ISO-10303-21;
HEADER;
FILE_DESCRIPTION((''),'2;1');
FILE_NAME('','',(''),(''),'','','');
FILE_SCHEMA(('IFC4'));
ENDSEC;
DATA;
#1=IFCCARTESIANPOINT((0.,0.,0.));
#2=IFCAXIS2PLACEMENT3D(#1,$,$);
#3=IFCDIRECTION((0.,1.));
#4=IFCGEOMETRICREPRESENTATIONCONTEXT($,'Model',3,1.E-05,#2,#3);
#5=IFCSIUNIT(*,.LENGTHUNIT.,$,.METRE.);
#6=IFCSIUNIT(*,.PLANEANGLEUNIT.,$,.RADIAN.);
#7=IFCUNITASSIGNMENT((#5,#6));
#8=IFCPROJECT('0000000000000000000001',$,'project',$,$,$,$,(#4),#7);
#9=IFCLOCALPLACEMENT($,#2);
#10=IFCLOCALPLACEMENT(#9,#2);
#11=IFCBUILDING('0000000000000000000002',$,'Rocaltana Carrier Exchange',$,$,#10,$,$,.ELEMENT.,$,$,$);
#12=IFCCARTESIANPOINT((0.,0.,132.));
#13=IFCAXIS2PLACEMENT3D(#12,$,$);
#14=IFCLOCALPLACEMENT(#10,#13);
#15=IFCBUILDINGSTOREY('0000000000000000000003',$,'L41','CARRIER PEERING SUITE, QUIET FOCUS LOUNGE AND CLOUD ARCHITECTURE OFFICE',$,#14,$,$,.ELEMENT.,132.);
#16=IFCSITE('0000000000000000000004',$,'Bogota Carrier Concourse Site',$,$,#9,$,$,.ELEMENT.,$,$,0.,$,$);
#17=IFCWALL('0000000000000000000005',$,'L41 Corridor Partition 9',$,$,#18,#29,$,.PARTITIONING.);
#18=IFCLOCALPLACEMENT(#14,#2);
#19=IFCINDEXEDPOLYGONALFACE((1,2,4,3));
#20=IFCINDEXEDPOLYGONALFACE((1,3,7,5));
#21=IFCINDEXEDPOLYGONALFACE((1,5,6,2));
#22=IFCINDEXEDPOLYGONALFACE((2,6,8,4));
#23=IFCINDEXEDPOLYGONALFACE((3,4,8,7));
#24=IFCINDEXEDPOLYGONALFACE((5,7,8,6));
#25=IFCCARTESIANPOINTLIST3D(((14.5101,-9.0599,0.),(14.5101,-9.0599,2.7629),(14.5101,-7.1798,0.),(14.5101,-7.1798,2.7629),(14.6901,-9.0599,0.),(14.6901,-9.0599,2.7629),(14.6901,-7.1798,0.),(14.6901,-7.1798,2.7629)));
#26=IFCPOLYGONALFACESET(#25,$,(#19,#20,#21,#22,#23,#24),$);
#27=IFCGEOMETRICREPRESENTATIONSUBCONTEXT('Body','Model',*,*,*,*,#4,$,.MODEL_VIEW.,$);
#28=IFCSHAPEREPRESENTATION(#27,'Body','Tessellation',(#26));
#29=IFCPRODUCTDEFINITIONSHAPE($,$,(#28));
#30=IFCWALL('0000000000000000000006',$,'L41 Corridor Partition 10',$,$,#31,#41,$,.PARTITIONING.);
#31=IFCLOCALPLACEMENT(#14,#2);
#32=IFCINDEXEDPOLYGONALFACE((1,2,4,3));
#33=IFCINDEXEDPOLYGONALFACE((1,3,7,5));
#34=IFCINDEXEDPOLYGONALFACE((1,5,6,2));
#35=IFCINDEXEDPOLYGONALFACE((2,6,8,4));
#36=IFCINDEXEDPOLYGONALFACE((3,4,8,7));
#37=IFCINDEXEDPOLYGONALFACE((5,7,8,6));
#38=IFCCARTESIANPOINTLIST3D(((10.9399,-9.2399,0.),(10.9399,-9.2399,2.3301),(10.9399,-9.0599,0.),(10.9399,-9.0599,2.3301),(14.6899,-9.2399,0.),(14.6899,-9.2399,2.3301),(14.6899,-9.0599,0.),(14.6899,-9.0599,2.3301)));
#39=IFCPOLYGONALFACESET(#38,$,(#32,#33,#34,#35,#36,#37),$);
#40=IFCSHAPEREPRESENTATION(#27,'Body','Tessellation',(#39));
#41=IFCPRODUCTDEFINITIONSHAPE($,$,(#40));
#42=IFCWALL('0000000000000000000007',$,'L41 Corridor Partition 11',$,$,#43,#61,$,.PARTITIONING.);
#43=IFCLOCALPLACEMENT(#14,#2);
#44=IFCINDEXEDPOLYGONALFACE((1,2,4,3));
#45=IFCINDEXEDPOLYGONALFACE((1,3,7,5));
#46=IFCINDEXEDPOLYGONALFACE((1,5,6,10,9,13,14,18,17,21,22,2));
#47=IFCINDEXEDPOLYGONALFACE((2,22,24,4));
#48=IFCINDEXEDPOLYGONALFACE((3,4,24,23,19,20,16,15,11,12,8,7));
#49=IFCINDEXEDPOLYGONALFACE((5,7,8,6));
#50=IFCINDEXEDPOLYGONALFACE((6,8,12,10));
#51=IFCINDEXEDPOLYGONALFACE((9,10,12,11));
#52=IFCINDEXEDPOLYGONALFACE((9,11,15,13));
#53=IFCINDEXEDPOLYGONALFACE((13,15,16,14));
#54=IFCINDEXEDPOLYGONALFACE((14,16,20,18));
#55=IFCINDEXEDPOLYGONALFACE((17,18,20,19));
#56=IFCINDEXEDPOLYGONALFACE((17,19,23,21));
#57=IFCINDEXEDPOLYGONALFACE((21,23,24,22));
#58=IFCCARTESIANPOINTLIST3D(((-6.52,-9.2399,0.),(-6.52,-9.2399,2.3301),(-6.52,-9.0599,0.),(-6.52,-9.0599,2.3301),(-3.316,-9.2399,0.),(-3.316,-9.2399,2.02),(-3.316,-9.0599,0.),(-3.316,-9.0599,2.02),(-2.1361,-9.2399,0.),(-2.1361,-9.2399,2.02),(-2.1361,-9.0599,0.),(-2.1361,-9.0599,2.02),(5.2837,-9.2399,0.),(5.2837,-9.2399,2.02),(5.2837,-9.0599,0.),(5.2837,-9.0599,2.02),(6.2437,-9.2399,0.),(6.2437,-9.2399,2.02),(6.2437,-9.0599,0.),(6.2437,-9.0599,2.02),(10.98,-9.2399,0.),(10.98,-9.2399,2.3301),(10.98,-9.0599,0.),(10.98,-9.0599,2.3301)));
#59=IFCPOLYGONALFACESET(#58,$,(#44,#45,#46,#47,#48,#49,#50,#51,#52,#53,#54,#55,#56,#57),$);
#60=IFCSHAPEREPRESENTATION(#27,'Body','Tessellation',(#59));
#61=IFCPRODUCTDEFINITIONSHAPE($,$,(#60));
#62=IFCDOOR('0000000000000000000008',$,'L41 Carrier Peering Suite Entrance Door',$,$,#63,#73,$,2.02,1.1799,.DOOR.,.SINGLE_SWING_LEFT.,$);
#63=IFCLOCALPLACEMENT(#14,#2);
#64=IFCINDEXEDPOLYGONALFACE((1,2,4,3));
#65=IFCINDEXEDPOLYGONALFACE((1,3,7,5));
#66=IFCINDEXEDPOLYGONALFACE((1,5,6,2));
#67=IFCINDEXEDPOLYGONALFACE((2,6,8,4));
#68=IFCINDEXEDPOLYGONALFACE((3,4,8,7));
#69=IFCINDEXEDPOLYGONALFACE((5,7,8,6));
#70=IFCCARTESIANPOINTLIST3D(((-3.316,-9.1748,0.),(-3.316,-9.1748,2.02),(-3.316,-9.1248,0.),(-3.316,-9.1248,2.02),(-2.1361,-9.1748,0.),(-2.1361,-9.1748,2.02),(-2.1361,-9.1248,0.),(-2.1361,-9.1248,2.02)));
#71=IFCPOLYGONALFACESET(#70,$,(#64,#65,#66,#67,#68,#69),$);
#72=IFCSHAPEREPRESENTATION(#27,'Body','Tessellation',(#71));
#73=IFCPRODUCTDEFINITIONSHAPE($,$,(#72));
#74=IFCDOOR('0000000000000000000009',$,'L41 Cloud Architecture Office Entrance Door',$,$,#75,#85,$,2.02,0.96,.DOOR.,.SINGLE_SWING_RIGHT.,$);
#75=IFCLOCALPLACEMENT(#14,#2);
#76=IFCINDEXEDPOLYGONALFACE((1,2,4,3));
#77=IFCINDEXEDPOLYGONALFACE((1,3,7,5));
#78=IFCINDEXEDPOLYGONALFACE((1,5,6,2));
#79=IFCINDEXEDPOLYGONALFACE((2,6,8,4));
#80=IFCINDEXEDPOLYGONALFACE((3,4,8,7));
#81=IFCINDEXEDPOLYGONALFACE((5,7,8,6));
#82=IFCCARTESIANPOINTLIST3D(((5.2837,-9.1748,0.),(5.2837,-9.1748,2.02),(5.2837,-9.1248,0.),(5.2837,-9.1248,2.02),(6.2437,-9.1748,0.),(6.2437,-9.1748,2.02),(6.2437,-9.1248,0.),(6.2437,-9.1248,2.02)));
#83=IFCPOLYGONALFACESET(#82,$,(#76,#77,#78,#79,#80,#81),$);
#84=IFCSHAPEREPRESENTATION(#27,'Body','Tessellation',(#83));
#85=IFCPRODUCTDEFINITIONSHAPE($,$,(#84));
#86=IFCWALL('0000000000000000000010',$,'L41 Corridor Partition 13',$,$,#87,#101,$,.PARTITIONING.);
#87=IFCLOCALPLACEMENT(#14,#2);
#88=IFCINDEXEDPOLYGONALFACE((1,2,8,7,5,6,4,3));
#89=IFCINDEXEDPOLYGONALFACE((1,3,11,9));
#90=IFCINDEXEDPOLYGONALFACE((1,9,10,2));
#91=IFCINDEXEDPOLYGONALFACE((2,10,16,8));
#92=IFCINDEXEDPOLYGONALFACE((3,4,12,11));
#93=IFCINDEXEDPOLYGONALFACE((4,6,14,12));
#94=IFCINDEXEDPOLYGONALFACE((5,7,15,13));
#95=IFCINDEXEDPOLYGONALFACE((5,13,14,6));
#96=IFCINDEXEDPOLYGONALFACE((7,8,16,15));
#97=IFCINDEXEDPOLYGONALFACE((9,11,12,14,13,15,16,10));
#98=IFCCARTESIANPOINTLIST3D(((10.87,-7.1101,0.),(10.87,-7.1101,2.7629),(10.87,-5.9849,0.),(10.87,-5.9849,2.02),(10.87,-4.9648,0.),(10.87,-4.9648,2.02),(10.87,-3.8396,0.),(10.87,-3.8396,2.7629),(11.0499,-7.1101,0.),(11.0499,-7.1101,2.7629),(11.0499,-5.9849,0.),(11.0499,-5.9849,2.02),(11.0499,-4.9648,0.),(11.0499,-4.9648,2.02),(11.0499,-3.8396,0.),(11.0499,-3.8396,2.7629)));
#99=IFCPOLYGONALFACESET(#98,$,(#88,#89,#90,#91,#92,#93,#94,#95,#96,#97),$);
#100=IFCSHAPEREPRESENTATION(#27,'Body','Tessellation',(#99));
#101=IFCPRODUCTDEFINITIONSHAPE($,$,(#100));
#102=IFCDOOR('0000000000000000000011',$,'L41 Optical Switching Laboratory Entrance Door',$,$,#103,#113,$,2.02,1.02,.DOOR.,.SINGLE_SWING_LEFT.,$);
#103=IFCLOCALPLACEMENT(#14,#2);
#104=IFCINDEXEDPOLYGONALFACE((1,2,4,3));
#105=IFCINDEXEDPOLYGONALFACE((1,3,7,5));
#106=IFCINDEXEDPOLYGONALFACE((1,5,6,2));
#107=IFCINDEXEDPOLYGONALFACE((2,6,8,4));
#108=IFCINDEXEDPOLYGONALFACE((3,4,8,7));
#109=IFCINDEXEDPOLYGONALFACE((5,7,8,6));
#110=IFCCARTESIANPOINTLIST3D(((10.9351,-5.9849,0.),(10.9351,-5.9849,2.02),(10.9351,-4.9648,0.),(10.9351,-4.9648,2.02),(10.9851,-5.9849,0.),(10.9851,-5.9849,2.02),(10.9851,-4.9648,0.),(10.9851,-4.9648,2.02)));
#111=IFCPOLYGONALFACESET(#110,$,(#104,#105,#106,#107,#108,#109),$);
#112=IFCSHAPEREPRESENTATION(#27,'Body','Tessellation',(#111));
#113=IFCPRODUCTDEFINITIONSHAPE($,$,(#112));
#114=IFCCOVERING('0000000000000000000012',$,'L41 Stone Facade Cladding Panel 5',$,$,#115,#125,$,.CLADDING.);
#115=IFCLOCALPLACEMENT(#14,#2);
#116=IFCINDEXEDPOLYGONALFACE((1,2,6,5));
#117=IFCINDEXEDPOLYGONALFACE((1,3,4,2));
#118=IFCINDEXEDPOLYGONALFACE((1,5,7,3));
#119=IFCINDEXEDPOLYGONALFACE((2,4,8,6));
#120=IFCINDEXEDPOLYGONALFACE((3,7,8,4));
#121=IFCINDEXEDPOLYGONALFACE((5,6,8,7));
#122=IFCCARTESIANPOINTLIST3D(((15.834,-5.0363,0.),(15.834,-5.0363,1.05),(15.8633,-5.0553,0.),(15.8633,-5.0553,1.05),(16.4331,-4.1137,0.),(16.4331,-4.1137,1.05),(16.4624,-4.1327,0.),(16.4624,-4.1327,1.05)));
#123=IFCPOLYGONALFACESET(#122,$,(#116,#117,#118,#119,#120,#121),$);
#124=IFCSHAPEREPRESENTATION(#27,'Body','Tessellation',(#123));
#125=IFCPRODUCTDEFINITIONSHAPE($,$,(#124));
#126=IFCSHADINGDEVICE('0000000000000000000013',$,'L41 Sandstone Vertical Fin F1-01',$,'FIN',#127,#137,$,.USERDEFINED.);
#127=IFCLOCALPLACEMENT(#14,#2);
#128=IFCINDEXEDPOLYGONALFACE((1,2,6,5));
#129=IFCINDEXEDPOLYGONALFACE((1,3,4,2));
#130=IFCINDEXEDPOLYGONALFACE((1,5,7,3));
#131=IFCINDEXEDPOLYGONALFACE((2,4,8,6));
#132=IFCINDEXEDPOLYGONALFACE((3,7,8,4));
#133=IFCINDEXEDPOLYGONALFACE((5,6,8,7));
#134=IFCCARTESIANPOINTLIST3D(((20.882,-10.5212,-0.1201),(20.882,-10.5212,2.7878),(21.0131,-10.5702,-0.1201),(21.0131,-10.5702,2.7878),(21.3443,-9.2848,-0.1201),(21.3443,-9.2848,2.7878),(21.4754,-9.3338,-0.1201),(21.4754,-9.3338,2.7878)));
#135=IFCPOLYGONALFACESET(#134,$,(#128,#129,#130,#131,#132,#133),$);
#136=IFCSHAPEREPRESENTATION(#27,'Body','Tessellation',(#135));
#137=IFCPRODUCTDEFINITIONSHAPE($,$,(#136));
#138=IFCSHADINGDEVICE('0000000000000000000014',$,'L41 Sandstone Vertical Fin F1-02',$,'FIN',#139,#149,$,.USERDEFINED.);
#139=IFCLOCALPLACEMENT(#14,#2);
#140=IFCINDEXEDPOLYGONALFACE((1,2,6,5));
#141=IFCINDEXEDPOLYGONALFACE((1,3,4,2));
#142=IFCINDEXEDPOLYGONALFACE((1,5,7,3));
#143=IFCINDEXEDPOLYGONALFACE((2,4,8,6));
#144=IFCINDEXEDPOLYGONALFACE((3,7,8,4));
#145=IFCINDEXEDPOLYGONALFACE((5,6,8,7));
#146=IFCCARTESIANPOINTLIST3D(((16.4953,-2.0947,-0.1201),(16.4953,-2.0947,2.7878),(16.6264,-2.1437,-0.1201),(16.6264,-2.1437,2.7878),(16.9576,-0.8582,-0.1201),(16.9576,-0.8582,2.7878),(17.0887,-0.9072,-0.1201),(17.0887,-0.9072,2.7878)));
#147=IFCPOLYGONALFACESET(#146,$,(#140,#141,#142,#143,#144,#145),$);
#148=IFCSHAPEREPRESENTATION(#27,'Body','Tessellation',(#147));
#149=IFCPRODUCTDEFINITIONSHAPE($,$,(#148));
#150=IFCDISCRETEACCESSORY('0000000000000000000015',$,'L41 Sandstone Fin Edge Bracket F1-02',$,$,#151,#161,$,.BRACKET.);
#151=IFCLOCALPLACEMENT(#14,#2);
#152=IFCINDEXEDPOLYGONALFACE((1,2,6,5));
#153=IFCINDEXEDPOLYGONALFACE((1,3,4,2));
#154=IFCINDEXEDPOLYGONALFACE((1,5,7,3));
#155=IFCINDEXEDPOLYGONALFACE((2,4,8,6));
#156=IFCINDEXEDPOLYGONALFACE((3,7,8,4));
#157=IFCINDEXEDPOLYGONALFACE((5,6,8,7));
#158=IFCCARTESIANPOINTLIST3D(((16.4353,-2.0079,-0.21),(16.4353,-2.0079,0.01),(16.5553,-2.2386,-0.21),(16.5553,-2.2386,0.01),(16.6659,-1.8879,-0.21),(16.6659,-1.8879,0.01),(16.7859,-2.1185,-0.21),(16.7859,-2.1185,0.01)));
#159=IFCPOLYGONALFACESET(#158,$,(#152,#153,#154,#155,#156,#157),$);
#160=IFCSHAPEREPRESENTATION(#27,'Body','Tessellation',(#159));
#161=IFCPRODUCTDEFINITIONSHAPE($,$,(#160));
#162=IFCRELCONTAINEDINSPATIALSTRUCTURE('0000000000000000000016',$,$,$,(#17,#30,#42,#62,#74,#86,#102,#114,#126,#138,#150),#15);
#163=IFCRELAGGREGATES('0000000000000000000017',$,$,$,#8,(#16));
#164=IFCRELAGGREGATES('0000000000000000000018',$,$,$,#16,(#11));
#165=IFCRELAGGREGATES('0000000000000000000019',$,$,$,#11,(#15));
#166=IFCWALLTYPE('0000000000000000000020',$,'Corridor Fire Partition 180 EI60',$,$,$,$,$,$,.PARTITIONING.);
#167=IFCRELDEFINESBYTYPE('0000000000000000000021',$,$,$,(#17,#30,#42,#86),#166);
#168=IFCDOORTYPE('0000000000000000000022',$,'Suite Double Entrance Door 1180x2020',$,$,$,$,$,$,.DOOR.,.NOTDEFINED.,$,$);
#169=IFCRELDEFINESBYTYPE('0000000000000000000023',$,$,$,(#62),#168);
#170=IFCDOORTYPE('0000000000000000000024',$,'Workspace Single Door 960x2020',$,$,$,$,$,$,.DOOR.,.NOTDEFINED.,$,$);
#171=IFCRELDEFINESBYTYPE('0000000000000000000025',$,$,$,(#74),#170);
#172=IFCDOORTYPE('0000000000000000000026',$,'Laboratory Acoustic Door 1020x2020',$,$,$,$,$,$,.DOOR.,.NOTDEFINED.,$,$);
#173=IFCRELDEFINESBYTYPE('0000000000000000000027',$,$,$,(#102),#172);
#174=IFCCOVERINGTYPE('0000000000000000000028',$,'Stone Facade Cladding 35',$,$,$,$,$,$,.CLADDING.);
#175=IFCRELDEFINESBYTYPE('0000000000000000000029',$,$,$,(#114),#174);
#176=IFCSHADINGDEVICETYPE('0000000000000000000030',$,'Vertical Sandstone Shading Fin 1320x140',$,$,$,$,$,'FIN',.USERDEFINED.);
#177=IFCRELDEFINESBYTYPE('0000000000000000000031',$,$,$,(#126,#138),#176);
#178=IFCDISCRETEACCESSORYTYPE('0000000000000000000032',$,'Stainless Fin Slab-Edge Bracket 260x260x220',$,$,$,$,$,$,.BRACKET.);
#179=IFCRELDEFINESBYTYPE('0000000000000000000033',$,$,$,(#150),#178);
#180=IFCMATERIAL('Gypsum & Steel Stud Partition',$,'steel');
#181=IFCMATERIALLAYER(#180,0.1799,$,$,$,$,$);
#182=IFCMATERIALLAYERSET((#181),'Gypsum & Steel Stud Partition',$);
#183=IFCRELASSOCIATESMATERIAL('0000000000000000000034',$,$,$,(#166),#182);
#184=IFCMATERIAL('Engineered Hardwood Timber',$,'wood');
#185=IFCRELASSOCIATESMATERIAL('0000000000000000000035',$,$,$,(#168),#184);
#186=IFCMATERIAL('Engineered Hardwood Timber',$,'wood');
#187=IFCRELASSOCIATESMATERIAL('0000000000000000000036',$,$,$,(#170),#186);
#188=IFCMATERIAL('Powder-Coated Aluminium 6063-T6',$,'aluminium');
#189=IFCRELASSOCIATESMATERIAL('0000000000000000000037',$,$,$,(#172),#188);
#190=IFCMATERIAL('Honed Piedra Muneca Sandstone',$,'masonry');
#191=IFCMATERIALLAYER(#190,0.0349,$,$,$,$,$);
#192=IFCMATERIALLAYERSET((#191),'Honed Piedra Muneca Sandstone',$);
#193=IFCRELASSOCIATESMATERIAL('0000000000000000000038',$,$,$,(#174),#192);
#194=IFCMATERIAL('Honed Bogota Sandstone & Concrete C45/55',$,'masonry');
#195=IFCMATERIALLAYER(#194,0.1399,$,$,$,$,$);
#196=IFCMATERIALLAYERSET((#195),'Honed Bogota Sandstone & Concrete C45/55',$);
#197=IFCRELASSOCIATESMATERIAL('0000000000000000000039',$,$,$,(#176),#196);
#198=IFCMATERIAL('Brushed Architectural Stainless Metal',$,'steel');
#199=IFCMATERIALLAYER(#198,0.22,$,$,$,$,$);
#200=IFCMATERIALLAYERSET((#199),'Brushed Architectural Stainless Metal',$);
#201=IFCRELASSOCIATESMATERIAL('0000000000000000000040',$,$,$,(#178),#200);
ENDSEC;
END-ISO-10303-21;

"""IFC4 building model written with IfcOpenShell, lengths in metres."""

from ifc_helpers import new_model, si_unit, direction, frame, frame_2d, origin, origin_2d, place, context, subcontext, project, spatial, rectangle, extrude, material, layer, layer_set, type_object, element, fill, save


model = new_model("IFC4")

# Units and contexts
model_context = context("Model", 3, precision=1e-05, world=origin(), true_north=direction((0.0, 1.0)))
body_context = subcontext(model_context, "Body", "Model", "MODEL_VIEW")
ifc_project = project(units=[si_unit("LENGTHUNIT", "METRE"), si_unit("PLANEANGLEUNIT", "RADIAN")], contexts=[model_context])

# Site, building, storey
site_placement = place(None, origin())
site = spatial("IfcSite", under=ifc_project, at=site_placement, Name="Bogota Carrier Concourse Site", CompositionType="ELEMENT", RefElevation=0.0)
building_placement = place(site_placement, origin())
building = spatial("IfcBuilding", under=site, at=building_placement, Name="Rocaltana Carrier Exchange", CompositionType="ELEMENT")
storey_placement = place(building_placement, frame((0.0, 0.0, 132.0)))
storey = spatial("IfcBuildingStorey", under=building, at=storey_placement, Name="L41", Description="CARRIER PEERING SUITE, QUIET FOCUS LOUNGE AND CLOUD ARCHITECTURE OFFICE", CompositionType="ELEMENT", Elevation=132.0)

# Walls
ifc_material_1 = material(Name="Gypsum & Steel Stud Partition", Category="steel")
ifc_layer_1 = layer(ifc_material_1, 0.1799)
ifc_layer_set_1 = layer_set([ifc_layer_1], Name="Gypsum & Steel Stud Partition")
wall_type_1 = type_object("IfcWallType", Name="Corridor Fire Partition 180 EI60", PredefinedType="PARTITIONING", material=ifc_layer_set_1)
wall_1_placement = place(storey_placement, frame((14.6001, -7.1799, 0.0), z_axis=(0.0, 0.0, 1.0), x_axis=(0.0, -1.0, 0.0)))
element("IfcWall", 1, at=wall_1_placement, inside=storey, type_object=wall_type_1, Name="L41 Corridor Partition 9", PredefinedType="PARTITIONING", context=body_context, shape_type="SweptSolid", body=[
    extrude(rectangle(XDim=1.8801, YDim=0.1799, at=frame_2d((0.9399, 0.0))), origin(), (0.0, 0.0, 1.0), 2.7629),
])
wall_2_placement = place(storey_placement, frame((14.6899, -9.1499, 0.0), z_axis=(0.0, 0.0, 1.0), x_axis=(-1.0, 0.0, 0.0)))
element("IfcWall", 2, at=wall_2_placement, inside=storey, type_object=wall_type_1, Name="L41 Corridor Partition 10", PredefinedType="PARTITIONING", context=body_context, shape_type="SweptSolid", body=[
    extrude(rectangle(XDim=3.75, YDim=0.1799, at=frame_2d((1.875, 0.0))), origin(), (0.0, 0.0, 1.0), 2.3301),
])

# Wall, openings, doors
wall_3_placement = place(storey_placement, frame((10.98, -9.1499, 0.0), z_axis=(0.0, 0.0, 1.0), x_axis=(-1.0, 0.0, 0.0)))
wall_3 = element("IfcWall", 3, at=wall_3_placement, inside=storey, type_object=wall_type_1, Name="L41 Corridor Partition 11", PredefinedType="PARTITIONING", context=body_context, shape_type="SweptSolid", body=[
    extrude(rectangle(XDim=17.5, YDim=0.1799, at=frame_2d((8.75, 0.0))), origin(), (0.0, 0.0, 1.0), 2.3301),
])
opening_1_placement = place(wall_3_placement, frame((13.1162, 0.0, 0.0)))
opening_1 = element("IfcOpeningElement", 4, at=opening_1_placement, cuts=wall_3, PredefinedType="OPENING", context=body_context, shape_type="SweptSolid", body=[
    extrude(rectangle(XDim=1.1799, YDim=2.02, at=frame_2d((0.5898, 1.01))), frame((0.0, 0.0999, 0.0), z_axis=(0.0, -1.0, 0.0), x_axis=(1.0, 0.0, 0.0)), (0.0, 0.0, 1.0), 0.2),
])
opening_2_placement = place(wall_3_placement, frame((4.7363, 0.0, 0.0)))
opening_2 = element("IfcOpeningElement", 5, at=opening_2_placement, cuts=wall_3, PredefinedType="OPENING", context=body_context, shape_type="SweptSolid", body=[
    extrude(rectangle(XDim=0.96, YDim=2.02, at=frame_2d((0.48, 1.01))), frame((0.0, 0.0999, 0.0), z_axis=(0.0, -1.0, 0.0), x_axis=(1.0, 0.0, 0.0)), (0.0, 0.0, 1.0), 0.2),
])
ifc_material_2 = material(Name="Engineered Hardwood Timber", Category="wood")
door_type_1 = type_object("IfcDoorType", Name="Suite Double Entrance Door 1180x2020", OperationType="NOTDEFINED", PredefinedType="DOOR", material=ifc_material_2)
door_1_placement = place(opening_1_placement, origin())
door_1 = element("IfcDoor", 6, at=door_1_placement, inside=storey, type_object=door_type_1, Name="L41 Carrier Peering Suite Entrance Door", OperationType="SINGLE_SWING_LEFT", OverallHeight=2.02, OverallWidth=1.1799, PredefinedType="DOOR", context=body_context, shape_type="SweptSolid", body=[
    extrude(rectangle(XDim=1.1799, YDim=2.02, at=frame_2d((0.5898, 1.01))), frame((0.0, 0.0249, 0.0), z_axis=(0.0, -1.0, 0.0), x_axis=(1.0, 0.0, 0.0)), (0.0, 0.0, 1.0), 0.05),
])
fill(opening_1, door_1)
ifc_material_3 = material(Name="Engineered Hardwood Timber", Category="wood")
door_type_2 = type_object("IfcDoorType", Name="Workspace Single Door 960x2020", OperationType="NOTDEFINED", PredefinedType="DOOR", material=ifc_material_3)
door_2_placement = place(opening_2_placement, origin())
door_2 = element("IfcDoor", 7, at=door_2_placement, inside=storey, type_object=door_type_2, Name="L41 Cloud Architecture Office Entrance Door", OperationType="SINGLE_SWING_RIGHT", OverallHeight=2.02, OverallWidth=0.96, PredefinedType="DOOR", context=body_context, shape_type="SweptSolid", body=[
    extrude(rectangle(XDim=0.96, YDim=2.02, at=frame_2d((0.48, 1.01))), frame((0.0, 0.0249, 0.0), z_axis=(0.0, -1.0, 0.0), x_axis=(1.0, 0.0, 0.0)), (0.0, 0.0, 1.0), 0.05),
])
fill(opening_2, door_2)

# Wall, opening, door
wall_4_placement = place(storey_placement, frame((10.96, -7.1101, 0.0), z_axis=(0.0, 0.0, 1.0), x_axis=(0.0, 1.0, 0.0)))
wall_4 = element("IfcWall", 8, at=wall_4_placement, inside=storey, type_object=wall_type_1, Name="L41 Corridor Partition 13", PredefinedType="PARTITIONING", context=body_context, shape_type="SweptSolid", body=[
    extrude(rectangle(XDim=3.2705, YDim=0.1799, at=frame_2d((1.6353, 0.0))), origin(), (0.0, 0.0, 1.0), 2.7629),
])
opening_3_placement = place(wall_4_placement, frame((1.1252, 0.0, 0.0)))
opening_3 = element("IfcOpeningElement", 9, at=opening_3_placement, cuts=wall_4, PredefinedType="OPENING", context=body_context, shape_type="SweptSolid", body=[
    extrude(rectangle(XDim=1.02, YDim=2.02, at=frame_2d((0.51, 1.01))), frame((0.0, 0.0999, 0.0), z_axis=(0.0, -1.0, 0.0), x_axis=(1.0, 0.0, 0.0)), (0.0, 0.0, 1.0), 0.2),
])
ifc_material_4 = material(Name="Powder-Coated Aluminium 6063-T6", Category="aluminium")
door_type_3 = type_object("IfcDoorType", Name="Laboratory Acoustic Door 1020x2020", OperationType="NOTDEFINED", PredefinedType="DOOR", material=ifc_material_4)
door_3_placement = place(opening_3_placement, origin())
door_3 = element("IfcDoor", 10, at=door_3_placement, inside=storey, type_object=door_type_3, Name="L41 Optical Switching Laboratory Entrance Door", OperationType="SINGLE_SWING_LEFT", OverallHeight=2.02, OverallWidth=1.02, PredefinedType="DOOR", context=body_context, shape_type="SweptSolid", body=[
    extrude(rectangle(XDim=1.02, YDim=2.02, at=frame_2d((0.51, 1.01))), frame((0.0, 0.0249, 0.0), z_axis=(0.0, -1.0, 0.0), x_axis=(1.0, 0.0, 0.0)), (0.0, 0.0, 1.0), 0.05),
])
fill(opening_3, door_3)

# Covering
ifc_material_5 = material(Name="Honed Piedra Muneca Sandstone", Category="masonry")
ifc_layer_2 = layer(ifc_material_5, 0.0349)
ifc_layer_set_2 = layer_set([ifc_layer_2], Name="Honed Piedra Muneca Sandstone")
covering_type = type_object("IfcCoveringType", Name="Stone Facade Cladding 35", PredefinedType="CLADDING", material=ifc_layer_set_2)
covering_placement = place(storey_placement, frame((16.1482, -4.5845, 0.0), z_axis=(0.0, 0.0, 1.0), x_axis=(0.544639, 0.838671, 0.0)))
element("IfcCovering", 11, at=covering_placement, inside=storey, type_object=covering_type, Name="L41 Stone Facade Cladding Panel 5", PredefinedType="CLADDING", context=body_context, shape_type="SweptSolid", body=[
    extrude(rectangle(XDim=1.1001, YDim=0.0349, at=origin_2d()), origin(), (0.0, 0.0, 1.0), 1.05),
])

# Shading devices
ifc_material_6 = material(Name="Honed Bogota Sandstone & Concrete C45/55", Category="masonry")
ifc_layer_3 = layer(ifc_material_6, 0.1399)
ifc_layer_set_3 = layer_set([ifc_layer_3], Name="Honed Bogota Sandstone & Concrete C45/55")
shading_device_type = type_object("IfcShadingDeviceType", Name="Vertical Sandstone Shading Fin 1320x140", ElementType="FIN", PredefinedType="USERDEFINED", material=ifc_layer_set_3)
for number, where, z_axis, x_axis, name in (
    (12, (21.1787, -9.9275, -0.1201), (0.0, 0.0, 1.0), (0.350207, 0.936672, 0.0), "L41 Sandstone Vertical Fin F1-01"),
    (13, (16.792, -1.501, -0.1201), (0.0, 0.0, 1.0), (0.350207, 0.936672, 0.0), "L41 Sandstone Vertical Fin F1-02"),
):
    element("IfcShadingDevice", number, at=place(storey_placement, frame(where, z_axis=z_axis, x_axis=x_axis)), inside=storey, type_object=shading_device_type, Name=name, ObjectType="FIN", PredefinedType="USERDEFINED", context=body_context, shape_type="SweptSolid", body=[
        extrude(rectangle(XDim=1.3201, YDim=0.1399, at=origin_2d()), origin(), (0.0, 0.0, 1.0), 2.908),
    ])

# Discrete accessory
ifc_material_7 = material(Name="Brushed Architectural Stainless Metal", Category="steel")
ifc_layer_4 = layer(ifc_material_7, 0.22)
ifc_layer_set_4 = layer_set([ifc_layer_4], Name="Brushed Architectural Stainless Metal")
discrete_accessory_type = type_object("IfcDiscreteAccessoryType", Name="Stainless Fin Slab-Edge Bracket 260x260x220", PredefinedType="BRACKET", material=ifc_layer_set_4)
discrete_accessory_placement = place(storey_placement, frame((16.6106, -2.0632, -0.21), z_axis=(0.0, 0.0, 1.0), x_axis=(-0.461749, 0.887011, 0.0)))
element("IfcDiscreteAccessory", 14, at=discrete_accessory_placement, inside=storey, type_object=discrete_accessory_type, Name="L41 Sandstone Fin Edge Bracket F1-02", PredefinedType="BRACKET", context=body_context, shape_type="SweptSolid", body=[
    extrude(rectangle(XDim=0.26, YDim=0.26, at=origin_2d()), origin(), (0.0, 0.0, 1.0), 0.22),
])

save(model, "model.ifc")
